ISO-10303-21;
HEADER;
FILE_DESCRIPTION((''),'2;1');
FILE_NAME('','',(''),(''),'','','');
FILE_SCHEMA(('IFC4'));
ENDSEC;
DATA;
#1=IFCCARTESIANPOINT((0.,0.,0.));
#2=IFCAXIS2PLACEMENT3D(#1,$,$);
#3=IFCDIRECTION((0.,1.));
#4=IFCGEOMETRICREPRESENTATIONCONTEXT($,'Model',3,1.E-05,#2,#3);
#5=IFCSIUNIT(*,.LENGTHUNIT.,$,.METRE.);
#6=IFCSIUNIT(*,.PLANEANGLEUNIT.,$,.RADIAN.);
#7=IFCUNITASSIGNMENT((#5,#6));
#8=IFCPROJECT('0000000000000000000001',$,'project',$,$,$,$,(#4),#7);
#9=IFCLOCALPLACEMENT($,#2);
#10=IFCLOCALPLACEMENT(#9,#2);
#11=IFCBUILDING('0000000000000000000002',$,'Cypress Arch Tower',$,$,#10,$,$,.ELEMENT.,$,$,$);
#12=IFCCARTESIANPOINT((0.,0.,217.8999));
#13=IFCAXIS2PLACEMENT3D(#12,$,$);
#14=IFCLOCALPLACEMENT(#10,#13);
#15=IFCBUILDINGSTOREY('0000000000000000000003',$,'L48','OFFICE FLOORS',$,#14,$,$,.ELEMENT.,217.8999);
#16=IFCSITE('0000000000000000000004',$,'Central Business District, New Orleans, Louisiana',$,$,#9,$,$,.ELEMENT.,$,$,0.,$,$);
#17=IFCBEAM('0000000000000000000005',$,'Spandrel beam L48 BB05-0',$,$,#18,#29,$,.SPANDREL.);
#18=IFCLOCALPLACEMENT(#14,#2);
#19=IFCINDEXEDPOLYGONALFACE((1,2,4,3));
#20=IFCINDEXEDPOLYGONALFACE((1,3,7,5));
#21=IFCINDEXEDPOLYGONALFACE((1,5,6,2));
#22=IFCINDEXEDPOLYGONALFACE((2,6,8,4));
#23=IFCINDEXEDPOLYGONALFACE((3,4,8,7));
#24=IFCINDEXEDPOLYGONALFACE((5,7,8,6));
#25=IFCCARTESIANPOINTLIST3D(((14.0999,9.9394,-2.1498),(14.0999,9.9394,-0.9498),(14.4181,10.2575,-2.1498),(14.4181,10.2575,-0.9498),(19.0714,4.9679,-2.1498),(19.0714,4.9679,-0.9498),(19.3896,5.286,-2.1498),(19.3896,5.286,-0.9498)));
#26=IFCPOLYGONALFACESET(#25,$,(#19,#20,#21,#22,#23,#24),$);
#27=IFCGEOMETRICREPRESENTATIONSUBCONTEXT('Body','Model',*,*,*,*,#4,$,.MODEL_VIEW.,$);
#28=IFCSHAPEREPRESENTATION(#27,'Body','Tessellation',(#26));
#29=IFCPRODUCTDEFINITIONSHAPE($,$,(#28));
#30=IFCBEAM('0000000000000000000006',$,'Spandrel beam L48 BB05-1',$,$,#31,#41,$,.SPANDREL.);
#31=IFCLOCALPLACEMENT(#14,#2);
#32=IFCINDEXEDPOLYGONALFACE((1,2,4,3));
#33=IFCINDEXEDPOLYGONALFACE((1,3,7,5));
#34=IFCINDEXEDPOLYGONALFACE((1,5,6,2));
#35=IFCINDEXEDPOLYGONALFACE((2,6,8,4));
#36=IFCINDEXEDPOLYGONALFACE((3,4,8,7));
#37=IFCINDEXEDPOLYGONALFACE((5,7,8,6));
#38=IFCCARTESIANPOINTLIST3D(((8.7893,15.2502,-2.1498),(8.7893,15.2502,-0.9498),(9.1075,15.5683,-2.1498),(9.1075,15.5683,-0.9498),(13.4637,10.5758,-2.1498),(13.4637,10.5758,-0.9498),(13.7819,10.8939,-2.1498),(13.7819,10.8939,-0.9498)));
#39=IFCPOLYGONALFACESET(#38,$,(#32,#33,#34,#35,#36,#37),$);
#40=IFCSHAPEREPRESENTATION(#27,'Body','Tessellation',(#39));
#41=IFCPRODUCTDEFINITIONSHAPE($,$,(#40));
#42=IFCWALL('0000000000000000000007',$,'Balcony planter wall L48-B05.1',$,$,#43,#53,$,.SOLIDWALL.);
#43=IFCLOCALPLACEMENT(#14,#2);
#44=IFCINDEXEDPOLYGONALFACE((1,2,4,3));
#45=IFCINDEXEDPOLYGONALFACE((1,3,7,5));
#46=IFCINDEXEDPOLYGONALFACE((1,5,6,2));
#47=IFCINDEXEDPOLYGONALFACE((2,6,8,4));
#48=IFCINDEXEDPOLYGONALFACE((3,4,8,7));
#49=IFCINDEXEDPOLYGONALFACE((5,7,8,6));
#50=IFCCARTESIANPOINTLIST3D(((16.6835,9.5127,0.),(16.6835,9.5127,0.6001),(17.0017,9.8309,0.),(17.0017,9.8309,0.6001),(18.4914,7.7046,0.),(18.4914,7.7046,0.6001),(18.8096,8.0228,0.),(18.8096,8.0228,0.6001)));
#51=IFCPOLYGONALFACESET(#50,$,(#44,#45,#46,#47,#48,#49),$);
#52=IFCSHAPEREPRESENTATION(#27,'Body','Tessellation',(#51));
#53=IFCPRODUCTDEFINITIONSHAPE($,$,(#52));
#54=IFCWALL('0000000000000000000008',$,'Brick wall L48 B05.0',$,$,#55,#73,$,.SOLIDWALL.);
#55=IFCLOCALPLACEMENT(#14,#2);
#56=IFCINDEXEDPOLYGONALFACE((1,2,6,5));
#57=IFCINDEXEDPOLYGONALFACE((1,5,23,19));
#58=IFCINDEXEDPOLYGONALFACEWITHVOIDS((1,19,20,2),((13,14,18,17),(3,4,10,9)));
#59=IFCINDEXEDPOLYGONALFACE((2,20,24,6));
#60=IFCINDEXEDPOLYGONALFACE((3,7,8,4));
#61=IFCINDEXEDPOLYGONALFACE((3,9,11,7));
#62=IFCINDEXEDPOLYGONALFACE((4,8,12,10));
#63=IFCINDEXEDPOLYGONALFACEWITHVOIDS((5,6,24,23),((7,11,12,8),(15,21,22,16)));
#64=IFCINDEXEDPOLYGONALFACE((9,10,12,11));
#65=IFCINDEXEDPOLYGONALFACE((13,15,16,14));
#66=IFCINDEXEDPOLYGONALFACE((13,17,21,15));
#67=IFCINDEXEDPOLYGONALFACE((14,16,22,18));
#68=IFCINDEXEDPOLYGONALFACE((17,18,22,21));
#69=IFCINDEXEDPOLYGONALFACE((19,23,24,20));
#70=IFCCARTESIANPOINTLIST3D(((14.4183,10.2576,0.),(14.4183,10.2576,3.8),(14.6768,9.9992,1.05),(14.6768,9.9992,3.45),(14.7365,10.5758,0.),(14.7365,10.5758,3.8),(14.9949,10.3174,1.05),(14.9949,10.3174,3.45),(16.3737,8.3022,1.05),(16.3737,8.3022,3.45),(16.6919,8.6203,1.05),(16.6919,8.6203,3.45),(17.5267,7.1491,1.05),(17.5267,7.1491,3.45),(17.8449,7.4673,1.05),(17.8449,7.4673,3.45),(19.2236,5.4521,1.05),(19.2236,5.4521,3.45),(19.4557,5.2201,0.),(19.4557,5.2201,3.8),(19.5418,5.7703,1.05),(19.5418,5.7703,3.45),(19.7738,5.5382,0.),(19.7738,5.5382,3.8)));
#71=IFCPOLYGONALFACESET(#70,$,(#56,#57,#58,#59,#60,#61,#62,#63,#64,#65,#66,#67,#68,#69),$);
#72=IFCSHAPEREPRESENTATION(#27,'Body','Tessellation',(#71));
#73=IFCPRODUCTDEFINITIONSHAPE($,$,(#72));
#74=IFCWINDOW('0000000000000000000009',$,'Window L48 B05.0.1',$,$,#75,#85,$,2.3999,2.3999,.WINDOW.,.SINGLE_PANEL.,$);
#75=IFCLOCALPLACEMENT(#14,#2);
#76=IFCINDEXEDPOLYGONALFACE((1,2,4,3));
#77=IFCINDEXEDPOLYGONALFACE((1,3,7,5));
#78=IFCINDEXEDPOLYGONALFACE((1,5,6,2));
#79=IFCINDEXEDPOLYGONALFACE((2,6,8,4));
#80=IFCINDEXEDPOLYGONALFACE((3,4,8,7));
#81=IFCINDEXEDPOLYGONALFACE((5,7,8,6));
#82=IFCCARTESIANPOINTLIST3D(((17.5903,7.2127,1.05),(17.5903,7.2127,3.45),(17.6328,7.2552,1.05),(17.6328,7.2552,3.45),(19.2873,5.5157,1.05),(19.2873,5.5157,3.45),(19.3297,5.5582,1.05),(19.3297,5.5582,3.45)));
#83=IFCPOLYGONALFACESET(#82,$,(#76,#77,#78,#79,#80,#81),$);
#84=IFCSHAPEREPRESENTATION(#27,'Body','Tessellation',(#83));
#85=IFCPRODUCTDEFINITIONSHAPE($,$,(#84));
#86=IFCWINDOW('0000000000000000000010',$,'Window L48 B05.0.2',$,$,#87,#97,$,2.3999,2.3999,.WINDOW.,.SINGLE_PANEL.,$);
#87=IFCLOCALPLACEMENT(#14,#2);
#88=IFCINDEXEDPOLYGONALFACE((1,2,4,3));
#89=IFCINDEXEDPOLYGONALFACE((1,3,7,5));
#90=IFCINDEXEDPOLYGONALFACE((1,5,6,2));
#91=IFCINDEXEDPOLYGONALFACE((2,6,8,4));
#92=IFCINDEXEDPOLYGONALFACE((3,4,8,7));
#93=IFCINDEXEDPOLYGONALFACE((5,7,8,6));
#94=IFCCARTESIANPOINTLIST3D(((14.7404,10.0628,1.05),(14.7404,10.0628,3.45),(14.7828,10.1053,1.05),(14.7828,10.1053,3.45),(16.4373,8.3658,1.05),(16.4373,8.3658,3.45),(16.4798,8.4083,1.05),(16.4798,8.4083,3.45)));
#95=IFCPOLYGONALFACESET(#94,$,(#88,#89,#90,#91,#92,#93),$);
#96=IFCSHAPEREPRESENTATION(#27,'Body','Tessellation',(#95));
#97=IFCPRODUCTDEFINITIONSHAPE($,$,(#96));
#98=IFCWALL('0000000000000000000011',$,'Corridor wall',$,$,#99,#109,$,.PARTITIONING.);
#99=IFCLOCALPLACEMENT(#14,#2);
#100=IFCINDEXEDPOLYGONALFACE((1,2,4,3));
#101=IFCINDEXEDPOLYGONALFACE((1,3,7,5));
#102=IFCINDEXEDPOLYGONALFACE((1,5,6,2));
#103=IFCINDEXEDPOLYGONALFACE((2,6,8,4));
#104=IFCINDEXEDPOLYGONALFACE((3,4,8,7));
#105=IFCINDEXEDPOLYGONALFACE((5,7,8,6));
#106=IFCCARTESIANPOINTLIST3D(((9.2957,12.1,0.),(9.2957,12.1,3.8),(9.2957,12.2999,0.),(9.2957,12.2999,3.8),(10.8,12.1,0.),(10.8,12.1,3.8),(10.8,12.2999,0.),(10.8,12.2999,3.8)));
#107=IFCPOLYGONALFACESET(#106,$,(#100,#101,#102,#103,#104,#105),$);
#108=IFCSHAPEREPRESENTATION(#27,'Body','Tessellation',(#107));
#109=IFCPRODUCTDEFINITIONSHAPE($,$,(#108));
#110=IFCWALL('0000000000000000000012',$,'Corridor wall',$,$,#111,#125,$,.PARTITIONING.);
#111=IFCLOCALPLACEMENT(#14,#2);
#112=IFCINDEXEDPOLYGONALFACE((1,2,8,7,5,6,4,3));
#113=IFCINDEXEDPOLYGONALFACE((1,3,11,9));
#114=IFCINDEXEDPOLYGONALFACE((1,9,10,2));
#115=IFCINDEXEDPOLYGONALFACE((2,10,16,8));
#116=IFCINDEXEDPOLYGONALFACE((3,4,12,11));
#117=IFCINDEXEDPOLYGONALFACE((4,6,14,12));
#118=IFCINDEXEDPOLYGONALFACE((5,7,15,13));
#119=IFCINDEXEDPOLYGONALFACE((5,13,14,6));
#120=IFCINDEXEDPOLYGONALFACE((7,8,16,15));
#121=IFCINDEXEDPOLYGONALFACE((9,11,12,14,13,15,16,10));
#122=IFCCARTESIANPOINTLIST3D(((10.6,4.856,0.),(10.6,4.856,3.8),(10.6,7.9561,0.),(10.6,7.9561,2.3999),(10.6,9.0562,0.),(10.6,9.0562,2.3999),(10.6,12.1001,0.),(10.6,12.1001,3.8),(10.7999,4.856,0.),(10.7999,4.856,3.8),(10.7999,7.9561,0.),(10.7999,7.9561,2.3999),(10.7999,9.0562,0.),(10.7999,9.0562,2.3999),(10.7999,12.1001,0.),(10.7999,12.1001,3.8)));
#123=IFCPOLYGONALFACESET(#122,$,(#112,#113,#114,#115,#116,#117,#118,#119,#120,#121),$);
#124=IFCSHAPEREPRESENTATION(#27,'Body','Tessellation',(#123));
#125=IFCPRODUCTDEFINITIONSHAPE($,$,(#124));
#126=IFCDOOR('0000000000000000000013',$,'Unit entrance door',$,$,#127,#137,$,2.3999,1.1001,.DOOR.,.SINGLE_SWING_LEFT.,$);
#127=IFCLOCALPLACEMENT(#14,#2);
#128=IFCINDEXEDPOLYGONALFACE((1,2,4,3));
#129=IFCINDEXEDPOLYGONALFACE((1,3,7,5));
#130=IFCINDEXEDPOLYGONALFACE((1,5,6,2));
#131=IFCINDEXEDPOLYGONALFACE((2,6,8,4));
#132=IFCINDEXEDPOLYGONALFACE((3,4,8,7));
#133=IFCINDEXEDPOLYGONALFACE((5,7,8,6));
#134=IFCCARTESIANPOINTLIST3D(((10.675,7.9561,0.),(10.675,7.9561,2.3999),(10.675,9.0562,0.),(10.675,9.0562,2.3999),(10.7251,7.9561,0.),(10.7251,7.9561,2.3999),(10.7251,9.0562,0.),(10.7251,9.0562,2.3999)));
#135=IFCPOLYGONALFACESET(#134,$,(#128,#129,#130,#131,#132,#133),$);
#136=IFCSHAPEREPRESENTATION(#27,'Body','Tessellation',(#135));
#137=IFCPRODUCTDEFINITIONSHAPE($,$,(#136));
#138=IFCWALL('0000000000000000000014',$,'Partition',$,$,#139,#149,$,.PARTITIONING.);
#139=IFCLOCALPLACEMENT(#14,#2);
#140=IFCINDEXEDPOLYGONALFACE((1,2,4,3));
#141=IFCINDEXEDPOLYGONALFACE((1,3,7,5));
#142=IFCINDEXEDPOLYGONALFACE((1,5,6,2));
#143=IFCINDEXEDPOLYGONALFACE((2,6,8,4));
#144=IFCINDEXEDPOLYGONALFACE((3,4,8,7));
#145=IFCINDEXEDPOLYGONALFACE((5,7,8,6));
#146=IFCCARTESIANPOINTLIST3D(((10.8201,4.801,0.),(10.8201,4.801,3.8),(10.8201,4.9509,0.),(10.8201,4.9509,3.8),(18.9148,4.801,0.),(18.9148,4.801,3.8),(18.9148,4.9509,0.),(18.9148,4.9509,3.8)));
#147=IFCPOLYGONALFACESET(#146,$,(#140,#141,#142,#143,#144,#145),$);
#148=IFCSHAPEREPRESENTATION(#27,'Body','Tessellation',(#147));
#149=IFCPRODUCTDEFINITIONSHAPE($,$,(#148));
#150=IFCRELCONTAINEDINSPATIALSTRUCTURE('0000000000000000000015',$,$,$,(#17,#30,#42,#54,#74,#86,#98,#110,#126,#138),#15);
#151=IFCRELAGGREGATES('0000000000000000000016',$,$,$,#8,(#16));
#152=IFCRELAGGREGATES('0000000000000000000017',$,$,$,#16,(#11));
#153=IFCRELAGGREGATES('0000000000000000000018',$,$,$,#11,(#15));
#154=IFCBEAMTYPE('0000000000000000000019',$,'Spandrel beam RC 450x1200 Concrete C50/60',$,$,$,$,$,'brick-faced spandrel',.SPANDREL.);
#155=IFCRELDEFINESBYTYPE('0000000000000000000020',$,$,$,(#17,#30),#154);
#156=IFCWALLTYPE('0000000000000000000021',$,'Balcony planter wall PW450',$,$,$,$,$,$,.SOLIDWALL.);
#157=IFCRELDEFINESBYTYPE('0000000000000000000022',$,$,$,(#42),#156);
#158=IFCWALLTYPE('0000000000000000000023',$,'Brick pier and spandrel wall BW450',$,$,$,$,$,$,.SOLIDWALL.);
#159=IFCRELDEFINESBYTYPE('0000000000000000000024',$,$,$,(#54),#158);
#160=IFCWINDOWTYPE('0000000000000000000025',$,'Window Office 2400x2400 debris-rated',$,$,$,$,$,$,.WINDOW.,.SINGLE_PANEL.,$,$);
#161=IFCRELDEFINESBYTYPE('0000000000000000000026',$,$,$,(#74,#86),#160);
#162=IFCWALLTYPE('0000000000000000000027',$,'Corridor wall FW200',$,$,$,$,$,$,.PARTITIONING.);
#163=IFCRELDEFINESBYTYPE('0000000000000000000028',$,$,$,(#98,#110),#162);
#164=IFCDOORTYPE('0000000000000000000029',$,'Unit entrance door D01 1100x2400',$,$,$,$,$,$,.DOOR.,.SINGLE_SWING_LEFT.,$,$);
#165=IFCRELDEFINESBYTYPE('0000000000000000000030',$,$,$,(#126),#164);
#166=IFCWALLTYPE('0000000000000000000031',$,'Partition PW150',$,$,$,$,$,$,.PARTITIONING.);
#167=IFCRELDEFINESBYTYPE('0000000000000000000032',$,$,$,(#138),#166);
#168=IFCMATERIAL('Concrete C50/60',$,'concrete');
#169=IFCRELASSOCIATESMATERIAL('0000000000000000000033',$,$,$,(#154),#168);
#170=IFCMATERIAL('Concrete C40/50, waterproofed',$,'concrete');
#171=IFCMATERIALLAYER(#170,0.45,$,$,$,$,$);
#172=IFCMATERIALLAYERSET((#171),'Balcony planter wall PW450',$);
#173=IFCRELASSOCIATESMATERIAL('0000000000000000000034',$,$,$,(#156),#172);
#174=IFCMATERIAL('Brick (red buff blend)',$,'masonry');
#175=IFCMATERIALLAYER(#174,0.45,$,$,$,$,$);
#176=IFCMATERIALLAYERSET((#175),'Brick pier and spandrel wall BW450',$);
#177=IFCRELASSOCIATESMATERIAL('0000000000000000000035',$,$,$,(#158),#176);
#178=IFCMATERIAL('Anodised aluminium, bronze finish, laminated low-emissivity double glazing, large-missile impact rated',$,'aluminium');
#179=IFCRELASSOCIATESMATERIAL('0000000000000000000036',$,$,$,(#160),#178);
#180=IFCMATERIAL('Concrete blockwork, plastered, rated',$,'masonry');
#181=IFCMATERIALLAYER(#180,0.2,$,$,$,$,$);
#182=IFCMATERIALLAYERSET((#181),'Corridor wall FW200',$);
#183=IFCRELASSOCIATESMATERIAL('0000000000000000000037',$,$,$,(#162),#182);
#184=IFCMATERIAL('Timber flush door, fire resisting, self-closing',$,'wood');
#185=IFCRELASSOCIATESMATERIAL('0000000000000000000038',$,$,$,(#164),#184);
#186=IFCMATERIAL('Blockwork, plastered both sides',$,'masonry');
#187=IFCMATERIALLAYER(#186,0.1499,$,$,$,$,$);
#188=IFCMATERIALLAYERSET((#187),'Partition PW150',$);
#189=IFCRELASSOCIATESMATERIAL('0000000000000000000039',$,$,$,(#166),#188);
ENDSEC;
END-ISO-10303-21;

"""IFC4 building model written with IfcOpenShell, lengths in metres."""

from ifc_helpers import new_model, si_unit, direction, frame, frame_2d, origin, origin_2d, place, context, subcontext, project, spatial, rectangle, extrude, material, layer, layer_set, material_profile, profile_set, type_object, element, fill, save


model = new_model("IFC4")

# Units and contexts
model_context = context("Model", 3, precision=1e-05, world=origin(), true_north=direction((0.0, 1.0)))
body_context = subcontext(model_context, "Body", "Model", "MODEL_VIEW")
ifc_project = project(units=[si_unit("LENGTHUNIT", "METRE"), si_unit("PLANEANGLEUNIT", "RADIAN")], contexts=[model_context])

# Site, building, storey
site_placement = place(None, origin())
site = spatial("IfcSite", under=ifc_project, at=site_placement, Name="Central Business District, New Orleans, Louisiana", CompositionType="ELEMENT", RefElevation=0.0)
building_placement = place(site_placement, origin())
building = spatial("IfcBuilding", under=site, at=building_placement, Name="Cypress Arch Tower", CompositionType="ELEMENT")
storey_placement = place(building_placement, frame((0.0, 0.0, 217.8999)))
storey = spatial("IfcBuildingStorey", under=building, at=storey_placement, Name="L48", Description="OFFICE FLOORS", CompositionType="ELEMENT", Elevation=217.8999)

# Beams
ifc_material_1 = material(Name="Concrete C50/60", Category="concrete")
ifc_material_profile_1 = material_profile(ifc_material_1, rectangle(XDim=0.45, YDim=1.2, at=origin_2d()), Name="RC 450x1200")
ifc_profile_set_1 = profile_set([ifc_material_profile_1], Name="Concrete C50/60")
beam_type_1 = type_object("IfcBeamType", Name="Spandrel beam RC 450x1200 Concrete C50/60", ElementType="brick-faced spandrel", PredefinedType="SPANDREL", material=ifc_profile_set_1)
beam_1_placement = place(storey_placement, frame((19.2305, 5.127, -1.5498), z_axis=(-0.707107, 0.707107, 0.0), x_axis=(-0.707107, -0.707107, 0.0)))
element("IfcBeam", 1, at=beam_1_placement, inside=storey, type_object=beam_type_1, Name="Spandrel beam L48 BB05-0", PredefinedType="SPANDREL", context=body_context, shape_type="SweptSolid", body=[
    extrude(rectangle(XDim=0.45, YDim=1.2, at=origin_2d()), origin(), (0.0, 0.0, 1.0), 7.0308),
])
beam_2_placement = place(storey_placement, frame((13.6228, 10.7349, -1.5498), z_axis=(-0.707107, 0.707107, 0.0), x_axis=(-0.707107, -0.707107, 0.0)))
element("IfcBeam", 2, at=beam_2_placement, inside=storey, type_object=beam_type_1, Name="Spandrel beam L48 BB05-1", PredefinedType="SPANDREL", context=body_context, shape_type="SweptSolid", body=[
    extrude(rectangle(XDim=0.45, YDim=1.2, at=origin_2d()), origin(), (0.0, 0.0, 1.0), 6.6106),
])

# Wall
ifc_material_2 = material(Name="Concrete C40/50, waterproofed", Category="concrete")
ifc_layer_1 = layer(ifc_material_2, 0.45)
ifc_layer_set_1 = layer_set([ifc_layer_1], Name="Balcony planter wall PW450")
wall_type_1 = type_object("IfcWallType", Name="Balcony planter wall PW450", PredefinedType="SOLIDWALL", material=ifc_layer_set_1)
wall_1_placement = place(storey_placement, frame((18.6504, 7.8638, 0.0), z_axis=(0.0, 0.0, 1.0), x_axis=(-0.707059, 0.707155, 0.0)))
element("IfcWall", 3, at=wall_1_placement, inside=storey, type_object=wall_type_1, Name="Balcony planter wall L48-B05.1", PredefinedType="SOLIDWALL", context=body_context, shape_type="SweptSolid", body=[
    extrude(rectangle(XDim=2.5569, YDim=0.45, at=frame_2d((1.2783, 0.0))), origin(), (0.0, 0.0, 1.0), 0.6001),
])

# Wall, openings, windows
ifc_material_3 = material(Name="Brick (red buff blend)", Category="masonry")
ifc_layer_2 = layer(ifc_material_3, 0.45)
ifc_layer_set_2 = layer_set([ifc_layer_2], Name="Brick pier and spandrel wall BW450")
wall_type_2 = type_object("IfcWallType", Name="Brick pier and spandrel wall BW450", PredefinedType="SOLIDWALL", material=ifc_layer_set_2)
wall_2_placement = place(storey_placement, frame((19.6147, 5.3792, 0.0), z_axis=(0.0, 0.0, 1.0), x_axis=(-0.70709, 0.707124, 0.0)))
wall_2 = element("IfcWall", 4, at=wall_2_placement, inside=storey, type_object=wall_type_2, Name="Brick wall L48 B05.0", PredefinedType="SOLIDWALL", context=body_context, shape_type="SweptSolid", body=[
    extrude(rectangle(XDim=7.124, YDim=0.45, at=frame_2d((3.562, 0.0))), origin(), (0.0, 0.0, 1.0), 3.8),
])
opening_1_placement = place(wall_2_placement, frame((0.3281, 0.0, 1.05)))
opening_1 = element("IfcOpeningElement", 5, at=opening_1_placement, cuts=wall_2, PredefinedType="OPENING", context=body_context, shape_type="SweptSolid", body=[
    extrude(rectangle(XDim=2.3999, YDim=2.3999, at=frame_2d((1.2, 1.2))), frame((0.0, 0.2349, 0.0), z_axis=(0.0, -1.0, 0.0), x_axis=(1.0, 0.0, 0.0)), (0.0, 0.0, 1.0), 0.47),
])
opening_2_placement = place(wall_2_placement, frame((4.3586, 0.0, 1.05)))
opening_2 = element("IfcOpeningElement", 6, at=opening_2_placement, cuts=wall_2, PredefinedType="OPENING", context=body_context, shape_type="SweptSolid", body=[
    extrude(rectangle(XDim=2.3999, YDim=2.3999, at=frame_2d((1.2, 1.2))), frame((0.0, 0.2349, 0.0), z_axis=(0.0, -1.0, 0.0), x_axis=(1.0, 0.0, 0.0)), (0.0, 0.0, 1.0), 0.47),
])
ifc_material_4 = material(Name="Anodised aluminium, bronze finish, laminated low-emissivity double glazing, large-missile impact rated", Category="aluminium")
window_type = type_object("IfcWindowType", Name="Window Office 2400x2400 debris-rated", PartitioningType="SINGLE_PANEL", PredefinedType="WINDOW", material=ifc_material_4)
window_1_placement = place(opening_1_placement, origin())
window_1 = element("IfcWindow", 7, at=window_1_placement, inside=storey, type_object=window_type, Name="Window L48 B05.0.1", OverallHeight=2.3999, OverallWidth=2.3999, PartitioningType="SINGLE_PANEL", PredefinedType="WINDOW", context=body_context, shape_type="SweptSolid", body=[
    extrude(rectangle(XDim=2.3999, YDim=2.3999, at=frame_2d((1.2, 1.2))), frame((0.0, 0.135, 0.0), z_axis=(0.0, -1.0, 0.0), x_axis=(1.0, 0.0, 0.0)), (0.0, 0.0, 1.0), 0.0601),
])
fill(opening_1, window_1)
window_2_placement = place(opening_2_placement, origin())
window_2 = element("IfcWindow", 8, at=window_2_placement, inside=storey, type_object=window_type, Name="Window L48 B05.0.2", OverallHeight=2.3999, OverallWidth=2.3999, PartitioningType="SINGLE_PANEL", PredefinedType="WINDOW", context=body_context, shape_type="SweptSolid", body=[
    extrude(rectangle(XDim=2.3999, YDim=2.3999, at=frame_2d((1.2, 1.2))), frame((0.0, 0.135, 0.0), z_axis=(0.0, -1.0, 0.0), x_axis=(1.0, 0.0, 0.0)), (0.0, 0.0, 1.0), 0.0601),
])
fill(opening_2, window_2)

# Wall
ifc_material_5 = material(Name="Concrete blockwork, plastered, rated", Category="masonry")
ifc_layer_3 = layer(ifc_material_5, 0.2)
ifc_layer_set_3 = layer_set([ifc_layer_3], Name="Corridor wall FW200")
wall_type_3 = type_object("IfcWallType", Name="Corridor wall FW200", PredefinedType="PARTITIONING", material=ifc_layer_set_3)
wall_3_placement = place(storey_placement, frame((9.2957, 12.2, 0.0), z_axis=(0.0, 0.0, 1.0), x_axis=(1.0, 0.0, 0.0)))
element("IfcWall", 9, at=wall_3_placement, inside=storey, type_object=wall_type_3, Name="Corridor wall", PredefinedType="PARTITIONING", context=body_context, shape_type="SweptSolid", body=[
    extrude(rectangle(XDim=1.5044, YDim=0.2, at=frame_2d((0.7522, 0.0))), origin(), (0.0, 0.0, 1.0), 3.8),
])

# Wall, opening, door
wall_4_placement = place(storey_placement, frame((10.7, 4.856, 0.0), z_axis=(0.0, 0.0, 1.0), x_axis=(0.0, 1.0, 0.0)))
wall_4 = element("IfcWall", 10, at=wall_4_placement, inside=storey, type_object=wall_type_3, Name="Corridor wall", PredefinedType="PARTITIONING", context=body_context, shape_type="SweptSolid", body=[
    extrude(rectangle(XDim=7.2441, YDim=0.2, at=frame_2d((3.6221, 0.0))), origin(), (0.0, 0.0, 1.0), 3.8),
])
opening_3_placement = place(wall_4_placement, frame((3.1001, 0.0, 0.0)))
opening_3 = element("IfcOpeningElement", 11, at=opening_3_placement, cuts=wall_4, PredefinedType="OPENING", context=body_context, shape_type="SweptSolid", body=[
    extrude(rectangle(XDim=1.1001, YDim=2.3999, at=frame_2d((0.55, 1.2))), frame((0.0, 0.1099, 0.0), z_axis=(0.0, -1.0, 0.0), x_axis=(1.0, 0.0, 0.0)), (0.0, 0.0, 1.0), 0.22),
])
ifc_material_6 = material(Name="Timber flush door, fire resisting, self-closing", Category="wood")
door_type_1 = type_object("IfcDoorType", Name="Unit entrance door D01 1100x2400", OperationType="SINGLE_SWING_LEFT", PredefinedType="DOOR", material=ifc_material_6)
door_1_placement = place(opening_3_placement, origin())
door_1 = element("IfcDoor", 12, at=door_1_placement, inside=storey, type_object=door_type_1, Name="Unit entrance door", OperationType="SINGLE_SWING_LEFT", OverallHeight=2.3999, OverallWidth=1.1001, PredefinedType="DOOR", context=body_context, shape_type="SweptSolid", body=[
    extrude(rectangle(XDim=1.1001, YDim=2.3999, at=frame_2d((0.55, 1.2))), frame((0.0, 0.0249, 0.0), z_axis=(0.0, -1.0, 0.0), x_axis=(1.0, 0.0, 0.0)), (0.0, 0.0, 1.0), 0.05),
])
fill(opening_3, door_1)

# Wall
ifc_material_7 = material(Name="Blockwork, plastered both sides", Category="masonry")
ifc_layer_4 = layer(ifc_material_7, 0.1499)
ifc_layer_set_4 = layer_set([ifc_layer_4], Name="Partition PW150")
wall_type_4 = type_object("IfcWallType", Name="Partition PW150", PredefinedType="PARTITIONING", material=ifc_layer_set_4)
wall_5_placement = place(storey_placement, frame((10.8201, 4.876, 0.0), z_axis=(0.0, 0.0, 1.0), x_axis=(1.0, 0.0, 0.0)))
element("IfcWall", 13, at=wall_5_placement, inside=storey, type_object=wall_type_4, Name="Partition", PredefinedType="PARTITIONING", context=body_context, shape_type="SweptSolid", body=[
    extrude(rectangle(XDim=8.0947, YDim=0.1499, at=frame_2d((4.0474, 0.0))), origin(), (0.0, 0.0, 1.0), 3.8),
])

save(model, "model.ifc")
